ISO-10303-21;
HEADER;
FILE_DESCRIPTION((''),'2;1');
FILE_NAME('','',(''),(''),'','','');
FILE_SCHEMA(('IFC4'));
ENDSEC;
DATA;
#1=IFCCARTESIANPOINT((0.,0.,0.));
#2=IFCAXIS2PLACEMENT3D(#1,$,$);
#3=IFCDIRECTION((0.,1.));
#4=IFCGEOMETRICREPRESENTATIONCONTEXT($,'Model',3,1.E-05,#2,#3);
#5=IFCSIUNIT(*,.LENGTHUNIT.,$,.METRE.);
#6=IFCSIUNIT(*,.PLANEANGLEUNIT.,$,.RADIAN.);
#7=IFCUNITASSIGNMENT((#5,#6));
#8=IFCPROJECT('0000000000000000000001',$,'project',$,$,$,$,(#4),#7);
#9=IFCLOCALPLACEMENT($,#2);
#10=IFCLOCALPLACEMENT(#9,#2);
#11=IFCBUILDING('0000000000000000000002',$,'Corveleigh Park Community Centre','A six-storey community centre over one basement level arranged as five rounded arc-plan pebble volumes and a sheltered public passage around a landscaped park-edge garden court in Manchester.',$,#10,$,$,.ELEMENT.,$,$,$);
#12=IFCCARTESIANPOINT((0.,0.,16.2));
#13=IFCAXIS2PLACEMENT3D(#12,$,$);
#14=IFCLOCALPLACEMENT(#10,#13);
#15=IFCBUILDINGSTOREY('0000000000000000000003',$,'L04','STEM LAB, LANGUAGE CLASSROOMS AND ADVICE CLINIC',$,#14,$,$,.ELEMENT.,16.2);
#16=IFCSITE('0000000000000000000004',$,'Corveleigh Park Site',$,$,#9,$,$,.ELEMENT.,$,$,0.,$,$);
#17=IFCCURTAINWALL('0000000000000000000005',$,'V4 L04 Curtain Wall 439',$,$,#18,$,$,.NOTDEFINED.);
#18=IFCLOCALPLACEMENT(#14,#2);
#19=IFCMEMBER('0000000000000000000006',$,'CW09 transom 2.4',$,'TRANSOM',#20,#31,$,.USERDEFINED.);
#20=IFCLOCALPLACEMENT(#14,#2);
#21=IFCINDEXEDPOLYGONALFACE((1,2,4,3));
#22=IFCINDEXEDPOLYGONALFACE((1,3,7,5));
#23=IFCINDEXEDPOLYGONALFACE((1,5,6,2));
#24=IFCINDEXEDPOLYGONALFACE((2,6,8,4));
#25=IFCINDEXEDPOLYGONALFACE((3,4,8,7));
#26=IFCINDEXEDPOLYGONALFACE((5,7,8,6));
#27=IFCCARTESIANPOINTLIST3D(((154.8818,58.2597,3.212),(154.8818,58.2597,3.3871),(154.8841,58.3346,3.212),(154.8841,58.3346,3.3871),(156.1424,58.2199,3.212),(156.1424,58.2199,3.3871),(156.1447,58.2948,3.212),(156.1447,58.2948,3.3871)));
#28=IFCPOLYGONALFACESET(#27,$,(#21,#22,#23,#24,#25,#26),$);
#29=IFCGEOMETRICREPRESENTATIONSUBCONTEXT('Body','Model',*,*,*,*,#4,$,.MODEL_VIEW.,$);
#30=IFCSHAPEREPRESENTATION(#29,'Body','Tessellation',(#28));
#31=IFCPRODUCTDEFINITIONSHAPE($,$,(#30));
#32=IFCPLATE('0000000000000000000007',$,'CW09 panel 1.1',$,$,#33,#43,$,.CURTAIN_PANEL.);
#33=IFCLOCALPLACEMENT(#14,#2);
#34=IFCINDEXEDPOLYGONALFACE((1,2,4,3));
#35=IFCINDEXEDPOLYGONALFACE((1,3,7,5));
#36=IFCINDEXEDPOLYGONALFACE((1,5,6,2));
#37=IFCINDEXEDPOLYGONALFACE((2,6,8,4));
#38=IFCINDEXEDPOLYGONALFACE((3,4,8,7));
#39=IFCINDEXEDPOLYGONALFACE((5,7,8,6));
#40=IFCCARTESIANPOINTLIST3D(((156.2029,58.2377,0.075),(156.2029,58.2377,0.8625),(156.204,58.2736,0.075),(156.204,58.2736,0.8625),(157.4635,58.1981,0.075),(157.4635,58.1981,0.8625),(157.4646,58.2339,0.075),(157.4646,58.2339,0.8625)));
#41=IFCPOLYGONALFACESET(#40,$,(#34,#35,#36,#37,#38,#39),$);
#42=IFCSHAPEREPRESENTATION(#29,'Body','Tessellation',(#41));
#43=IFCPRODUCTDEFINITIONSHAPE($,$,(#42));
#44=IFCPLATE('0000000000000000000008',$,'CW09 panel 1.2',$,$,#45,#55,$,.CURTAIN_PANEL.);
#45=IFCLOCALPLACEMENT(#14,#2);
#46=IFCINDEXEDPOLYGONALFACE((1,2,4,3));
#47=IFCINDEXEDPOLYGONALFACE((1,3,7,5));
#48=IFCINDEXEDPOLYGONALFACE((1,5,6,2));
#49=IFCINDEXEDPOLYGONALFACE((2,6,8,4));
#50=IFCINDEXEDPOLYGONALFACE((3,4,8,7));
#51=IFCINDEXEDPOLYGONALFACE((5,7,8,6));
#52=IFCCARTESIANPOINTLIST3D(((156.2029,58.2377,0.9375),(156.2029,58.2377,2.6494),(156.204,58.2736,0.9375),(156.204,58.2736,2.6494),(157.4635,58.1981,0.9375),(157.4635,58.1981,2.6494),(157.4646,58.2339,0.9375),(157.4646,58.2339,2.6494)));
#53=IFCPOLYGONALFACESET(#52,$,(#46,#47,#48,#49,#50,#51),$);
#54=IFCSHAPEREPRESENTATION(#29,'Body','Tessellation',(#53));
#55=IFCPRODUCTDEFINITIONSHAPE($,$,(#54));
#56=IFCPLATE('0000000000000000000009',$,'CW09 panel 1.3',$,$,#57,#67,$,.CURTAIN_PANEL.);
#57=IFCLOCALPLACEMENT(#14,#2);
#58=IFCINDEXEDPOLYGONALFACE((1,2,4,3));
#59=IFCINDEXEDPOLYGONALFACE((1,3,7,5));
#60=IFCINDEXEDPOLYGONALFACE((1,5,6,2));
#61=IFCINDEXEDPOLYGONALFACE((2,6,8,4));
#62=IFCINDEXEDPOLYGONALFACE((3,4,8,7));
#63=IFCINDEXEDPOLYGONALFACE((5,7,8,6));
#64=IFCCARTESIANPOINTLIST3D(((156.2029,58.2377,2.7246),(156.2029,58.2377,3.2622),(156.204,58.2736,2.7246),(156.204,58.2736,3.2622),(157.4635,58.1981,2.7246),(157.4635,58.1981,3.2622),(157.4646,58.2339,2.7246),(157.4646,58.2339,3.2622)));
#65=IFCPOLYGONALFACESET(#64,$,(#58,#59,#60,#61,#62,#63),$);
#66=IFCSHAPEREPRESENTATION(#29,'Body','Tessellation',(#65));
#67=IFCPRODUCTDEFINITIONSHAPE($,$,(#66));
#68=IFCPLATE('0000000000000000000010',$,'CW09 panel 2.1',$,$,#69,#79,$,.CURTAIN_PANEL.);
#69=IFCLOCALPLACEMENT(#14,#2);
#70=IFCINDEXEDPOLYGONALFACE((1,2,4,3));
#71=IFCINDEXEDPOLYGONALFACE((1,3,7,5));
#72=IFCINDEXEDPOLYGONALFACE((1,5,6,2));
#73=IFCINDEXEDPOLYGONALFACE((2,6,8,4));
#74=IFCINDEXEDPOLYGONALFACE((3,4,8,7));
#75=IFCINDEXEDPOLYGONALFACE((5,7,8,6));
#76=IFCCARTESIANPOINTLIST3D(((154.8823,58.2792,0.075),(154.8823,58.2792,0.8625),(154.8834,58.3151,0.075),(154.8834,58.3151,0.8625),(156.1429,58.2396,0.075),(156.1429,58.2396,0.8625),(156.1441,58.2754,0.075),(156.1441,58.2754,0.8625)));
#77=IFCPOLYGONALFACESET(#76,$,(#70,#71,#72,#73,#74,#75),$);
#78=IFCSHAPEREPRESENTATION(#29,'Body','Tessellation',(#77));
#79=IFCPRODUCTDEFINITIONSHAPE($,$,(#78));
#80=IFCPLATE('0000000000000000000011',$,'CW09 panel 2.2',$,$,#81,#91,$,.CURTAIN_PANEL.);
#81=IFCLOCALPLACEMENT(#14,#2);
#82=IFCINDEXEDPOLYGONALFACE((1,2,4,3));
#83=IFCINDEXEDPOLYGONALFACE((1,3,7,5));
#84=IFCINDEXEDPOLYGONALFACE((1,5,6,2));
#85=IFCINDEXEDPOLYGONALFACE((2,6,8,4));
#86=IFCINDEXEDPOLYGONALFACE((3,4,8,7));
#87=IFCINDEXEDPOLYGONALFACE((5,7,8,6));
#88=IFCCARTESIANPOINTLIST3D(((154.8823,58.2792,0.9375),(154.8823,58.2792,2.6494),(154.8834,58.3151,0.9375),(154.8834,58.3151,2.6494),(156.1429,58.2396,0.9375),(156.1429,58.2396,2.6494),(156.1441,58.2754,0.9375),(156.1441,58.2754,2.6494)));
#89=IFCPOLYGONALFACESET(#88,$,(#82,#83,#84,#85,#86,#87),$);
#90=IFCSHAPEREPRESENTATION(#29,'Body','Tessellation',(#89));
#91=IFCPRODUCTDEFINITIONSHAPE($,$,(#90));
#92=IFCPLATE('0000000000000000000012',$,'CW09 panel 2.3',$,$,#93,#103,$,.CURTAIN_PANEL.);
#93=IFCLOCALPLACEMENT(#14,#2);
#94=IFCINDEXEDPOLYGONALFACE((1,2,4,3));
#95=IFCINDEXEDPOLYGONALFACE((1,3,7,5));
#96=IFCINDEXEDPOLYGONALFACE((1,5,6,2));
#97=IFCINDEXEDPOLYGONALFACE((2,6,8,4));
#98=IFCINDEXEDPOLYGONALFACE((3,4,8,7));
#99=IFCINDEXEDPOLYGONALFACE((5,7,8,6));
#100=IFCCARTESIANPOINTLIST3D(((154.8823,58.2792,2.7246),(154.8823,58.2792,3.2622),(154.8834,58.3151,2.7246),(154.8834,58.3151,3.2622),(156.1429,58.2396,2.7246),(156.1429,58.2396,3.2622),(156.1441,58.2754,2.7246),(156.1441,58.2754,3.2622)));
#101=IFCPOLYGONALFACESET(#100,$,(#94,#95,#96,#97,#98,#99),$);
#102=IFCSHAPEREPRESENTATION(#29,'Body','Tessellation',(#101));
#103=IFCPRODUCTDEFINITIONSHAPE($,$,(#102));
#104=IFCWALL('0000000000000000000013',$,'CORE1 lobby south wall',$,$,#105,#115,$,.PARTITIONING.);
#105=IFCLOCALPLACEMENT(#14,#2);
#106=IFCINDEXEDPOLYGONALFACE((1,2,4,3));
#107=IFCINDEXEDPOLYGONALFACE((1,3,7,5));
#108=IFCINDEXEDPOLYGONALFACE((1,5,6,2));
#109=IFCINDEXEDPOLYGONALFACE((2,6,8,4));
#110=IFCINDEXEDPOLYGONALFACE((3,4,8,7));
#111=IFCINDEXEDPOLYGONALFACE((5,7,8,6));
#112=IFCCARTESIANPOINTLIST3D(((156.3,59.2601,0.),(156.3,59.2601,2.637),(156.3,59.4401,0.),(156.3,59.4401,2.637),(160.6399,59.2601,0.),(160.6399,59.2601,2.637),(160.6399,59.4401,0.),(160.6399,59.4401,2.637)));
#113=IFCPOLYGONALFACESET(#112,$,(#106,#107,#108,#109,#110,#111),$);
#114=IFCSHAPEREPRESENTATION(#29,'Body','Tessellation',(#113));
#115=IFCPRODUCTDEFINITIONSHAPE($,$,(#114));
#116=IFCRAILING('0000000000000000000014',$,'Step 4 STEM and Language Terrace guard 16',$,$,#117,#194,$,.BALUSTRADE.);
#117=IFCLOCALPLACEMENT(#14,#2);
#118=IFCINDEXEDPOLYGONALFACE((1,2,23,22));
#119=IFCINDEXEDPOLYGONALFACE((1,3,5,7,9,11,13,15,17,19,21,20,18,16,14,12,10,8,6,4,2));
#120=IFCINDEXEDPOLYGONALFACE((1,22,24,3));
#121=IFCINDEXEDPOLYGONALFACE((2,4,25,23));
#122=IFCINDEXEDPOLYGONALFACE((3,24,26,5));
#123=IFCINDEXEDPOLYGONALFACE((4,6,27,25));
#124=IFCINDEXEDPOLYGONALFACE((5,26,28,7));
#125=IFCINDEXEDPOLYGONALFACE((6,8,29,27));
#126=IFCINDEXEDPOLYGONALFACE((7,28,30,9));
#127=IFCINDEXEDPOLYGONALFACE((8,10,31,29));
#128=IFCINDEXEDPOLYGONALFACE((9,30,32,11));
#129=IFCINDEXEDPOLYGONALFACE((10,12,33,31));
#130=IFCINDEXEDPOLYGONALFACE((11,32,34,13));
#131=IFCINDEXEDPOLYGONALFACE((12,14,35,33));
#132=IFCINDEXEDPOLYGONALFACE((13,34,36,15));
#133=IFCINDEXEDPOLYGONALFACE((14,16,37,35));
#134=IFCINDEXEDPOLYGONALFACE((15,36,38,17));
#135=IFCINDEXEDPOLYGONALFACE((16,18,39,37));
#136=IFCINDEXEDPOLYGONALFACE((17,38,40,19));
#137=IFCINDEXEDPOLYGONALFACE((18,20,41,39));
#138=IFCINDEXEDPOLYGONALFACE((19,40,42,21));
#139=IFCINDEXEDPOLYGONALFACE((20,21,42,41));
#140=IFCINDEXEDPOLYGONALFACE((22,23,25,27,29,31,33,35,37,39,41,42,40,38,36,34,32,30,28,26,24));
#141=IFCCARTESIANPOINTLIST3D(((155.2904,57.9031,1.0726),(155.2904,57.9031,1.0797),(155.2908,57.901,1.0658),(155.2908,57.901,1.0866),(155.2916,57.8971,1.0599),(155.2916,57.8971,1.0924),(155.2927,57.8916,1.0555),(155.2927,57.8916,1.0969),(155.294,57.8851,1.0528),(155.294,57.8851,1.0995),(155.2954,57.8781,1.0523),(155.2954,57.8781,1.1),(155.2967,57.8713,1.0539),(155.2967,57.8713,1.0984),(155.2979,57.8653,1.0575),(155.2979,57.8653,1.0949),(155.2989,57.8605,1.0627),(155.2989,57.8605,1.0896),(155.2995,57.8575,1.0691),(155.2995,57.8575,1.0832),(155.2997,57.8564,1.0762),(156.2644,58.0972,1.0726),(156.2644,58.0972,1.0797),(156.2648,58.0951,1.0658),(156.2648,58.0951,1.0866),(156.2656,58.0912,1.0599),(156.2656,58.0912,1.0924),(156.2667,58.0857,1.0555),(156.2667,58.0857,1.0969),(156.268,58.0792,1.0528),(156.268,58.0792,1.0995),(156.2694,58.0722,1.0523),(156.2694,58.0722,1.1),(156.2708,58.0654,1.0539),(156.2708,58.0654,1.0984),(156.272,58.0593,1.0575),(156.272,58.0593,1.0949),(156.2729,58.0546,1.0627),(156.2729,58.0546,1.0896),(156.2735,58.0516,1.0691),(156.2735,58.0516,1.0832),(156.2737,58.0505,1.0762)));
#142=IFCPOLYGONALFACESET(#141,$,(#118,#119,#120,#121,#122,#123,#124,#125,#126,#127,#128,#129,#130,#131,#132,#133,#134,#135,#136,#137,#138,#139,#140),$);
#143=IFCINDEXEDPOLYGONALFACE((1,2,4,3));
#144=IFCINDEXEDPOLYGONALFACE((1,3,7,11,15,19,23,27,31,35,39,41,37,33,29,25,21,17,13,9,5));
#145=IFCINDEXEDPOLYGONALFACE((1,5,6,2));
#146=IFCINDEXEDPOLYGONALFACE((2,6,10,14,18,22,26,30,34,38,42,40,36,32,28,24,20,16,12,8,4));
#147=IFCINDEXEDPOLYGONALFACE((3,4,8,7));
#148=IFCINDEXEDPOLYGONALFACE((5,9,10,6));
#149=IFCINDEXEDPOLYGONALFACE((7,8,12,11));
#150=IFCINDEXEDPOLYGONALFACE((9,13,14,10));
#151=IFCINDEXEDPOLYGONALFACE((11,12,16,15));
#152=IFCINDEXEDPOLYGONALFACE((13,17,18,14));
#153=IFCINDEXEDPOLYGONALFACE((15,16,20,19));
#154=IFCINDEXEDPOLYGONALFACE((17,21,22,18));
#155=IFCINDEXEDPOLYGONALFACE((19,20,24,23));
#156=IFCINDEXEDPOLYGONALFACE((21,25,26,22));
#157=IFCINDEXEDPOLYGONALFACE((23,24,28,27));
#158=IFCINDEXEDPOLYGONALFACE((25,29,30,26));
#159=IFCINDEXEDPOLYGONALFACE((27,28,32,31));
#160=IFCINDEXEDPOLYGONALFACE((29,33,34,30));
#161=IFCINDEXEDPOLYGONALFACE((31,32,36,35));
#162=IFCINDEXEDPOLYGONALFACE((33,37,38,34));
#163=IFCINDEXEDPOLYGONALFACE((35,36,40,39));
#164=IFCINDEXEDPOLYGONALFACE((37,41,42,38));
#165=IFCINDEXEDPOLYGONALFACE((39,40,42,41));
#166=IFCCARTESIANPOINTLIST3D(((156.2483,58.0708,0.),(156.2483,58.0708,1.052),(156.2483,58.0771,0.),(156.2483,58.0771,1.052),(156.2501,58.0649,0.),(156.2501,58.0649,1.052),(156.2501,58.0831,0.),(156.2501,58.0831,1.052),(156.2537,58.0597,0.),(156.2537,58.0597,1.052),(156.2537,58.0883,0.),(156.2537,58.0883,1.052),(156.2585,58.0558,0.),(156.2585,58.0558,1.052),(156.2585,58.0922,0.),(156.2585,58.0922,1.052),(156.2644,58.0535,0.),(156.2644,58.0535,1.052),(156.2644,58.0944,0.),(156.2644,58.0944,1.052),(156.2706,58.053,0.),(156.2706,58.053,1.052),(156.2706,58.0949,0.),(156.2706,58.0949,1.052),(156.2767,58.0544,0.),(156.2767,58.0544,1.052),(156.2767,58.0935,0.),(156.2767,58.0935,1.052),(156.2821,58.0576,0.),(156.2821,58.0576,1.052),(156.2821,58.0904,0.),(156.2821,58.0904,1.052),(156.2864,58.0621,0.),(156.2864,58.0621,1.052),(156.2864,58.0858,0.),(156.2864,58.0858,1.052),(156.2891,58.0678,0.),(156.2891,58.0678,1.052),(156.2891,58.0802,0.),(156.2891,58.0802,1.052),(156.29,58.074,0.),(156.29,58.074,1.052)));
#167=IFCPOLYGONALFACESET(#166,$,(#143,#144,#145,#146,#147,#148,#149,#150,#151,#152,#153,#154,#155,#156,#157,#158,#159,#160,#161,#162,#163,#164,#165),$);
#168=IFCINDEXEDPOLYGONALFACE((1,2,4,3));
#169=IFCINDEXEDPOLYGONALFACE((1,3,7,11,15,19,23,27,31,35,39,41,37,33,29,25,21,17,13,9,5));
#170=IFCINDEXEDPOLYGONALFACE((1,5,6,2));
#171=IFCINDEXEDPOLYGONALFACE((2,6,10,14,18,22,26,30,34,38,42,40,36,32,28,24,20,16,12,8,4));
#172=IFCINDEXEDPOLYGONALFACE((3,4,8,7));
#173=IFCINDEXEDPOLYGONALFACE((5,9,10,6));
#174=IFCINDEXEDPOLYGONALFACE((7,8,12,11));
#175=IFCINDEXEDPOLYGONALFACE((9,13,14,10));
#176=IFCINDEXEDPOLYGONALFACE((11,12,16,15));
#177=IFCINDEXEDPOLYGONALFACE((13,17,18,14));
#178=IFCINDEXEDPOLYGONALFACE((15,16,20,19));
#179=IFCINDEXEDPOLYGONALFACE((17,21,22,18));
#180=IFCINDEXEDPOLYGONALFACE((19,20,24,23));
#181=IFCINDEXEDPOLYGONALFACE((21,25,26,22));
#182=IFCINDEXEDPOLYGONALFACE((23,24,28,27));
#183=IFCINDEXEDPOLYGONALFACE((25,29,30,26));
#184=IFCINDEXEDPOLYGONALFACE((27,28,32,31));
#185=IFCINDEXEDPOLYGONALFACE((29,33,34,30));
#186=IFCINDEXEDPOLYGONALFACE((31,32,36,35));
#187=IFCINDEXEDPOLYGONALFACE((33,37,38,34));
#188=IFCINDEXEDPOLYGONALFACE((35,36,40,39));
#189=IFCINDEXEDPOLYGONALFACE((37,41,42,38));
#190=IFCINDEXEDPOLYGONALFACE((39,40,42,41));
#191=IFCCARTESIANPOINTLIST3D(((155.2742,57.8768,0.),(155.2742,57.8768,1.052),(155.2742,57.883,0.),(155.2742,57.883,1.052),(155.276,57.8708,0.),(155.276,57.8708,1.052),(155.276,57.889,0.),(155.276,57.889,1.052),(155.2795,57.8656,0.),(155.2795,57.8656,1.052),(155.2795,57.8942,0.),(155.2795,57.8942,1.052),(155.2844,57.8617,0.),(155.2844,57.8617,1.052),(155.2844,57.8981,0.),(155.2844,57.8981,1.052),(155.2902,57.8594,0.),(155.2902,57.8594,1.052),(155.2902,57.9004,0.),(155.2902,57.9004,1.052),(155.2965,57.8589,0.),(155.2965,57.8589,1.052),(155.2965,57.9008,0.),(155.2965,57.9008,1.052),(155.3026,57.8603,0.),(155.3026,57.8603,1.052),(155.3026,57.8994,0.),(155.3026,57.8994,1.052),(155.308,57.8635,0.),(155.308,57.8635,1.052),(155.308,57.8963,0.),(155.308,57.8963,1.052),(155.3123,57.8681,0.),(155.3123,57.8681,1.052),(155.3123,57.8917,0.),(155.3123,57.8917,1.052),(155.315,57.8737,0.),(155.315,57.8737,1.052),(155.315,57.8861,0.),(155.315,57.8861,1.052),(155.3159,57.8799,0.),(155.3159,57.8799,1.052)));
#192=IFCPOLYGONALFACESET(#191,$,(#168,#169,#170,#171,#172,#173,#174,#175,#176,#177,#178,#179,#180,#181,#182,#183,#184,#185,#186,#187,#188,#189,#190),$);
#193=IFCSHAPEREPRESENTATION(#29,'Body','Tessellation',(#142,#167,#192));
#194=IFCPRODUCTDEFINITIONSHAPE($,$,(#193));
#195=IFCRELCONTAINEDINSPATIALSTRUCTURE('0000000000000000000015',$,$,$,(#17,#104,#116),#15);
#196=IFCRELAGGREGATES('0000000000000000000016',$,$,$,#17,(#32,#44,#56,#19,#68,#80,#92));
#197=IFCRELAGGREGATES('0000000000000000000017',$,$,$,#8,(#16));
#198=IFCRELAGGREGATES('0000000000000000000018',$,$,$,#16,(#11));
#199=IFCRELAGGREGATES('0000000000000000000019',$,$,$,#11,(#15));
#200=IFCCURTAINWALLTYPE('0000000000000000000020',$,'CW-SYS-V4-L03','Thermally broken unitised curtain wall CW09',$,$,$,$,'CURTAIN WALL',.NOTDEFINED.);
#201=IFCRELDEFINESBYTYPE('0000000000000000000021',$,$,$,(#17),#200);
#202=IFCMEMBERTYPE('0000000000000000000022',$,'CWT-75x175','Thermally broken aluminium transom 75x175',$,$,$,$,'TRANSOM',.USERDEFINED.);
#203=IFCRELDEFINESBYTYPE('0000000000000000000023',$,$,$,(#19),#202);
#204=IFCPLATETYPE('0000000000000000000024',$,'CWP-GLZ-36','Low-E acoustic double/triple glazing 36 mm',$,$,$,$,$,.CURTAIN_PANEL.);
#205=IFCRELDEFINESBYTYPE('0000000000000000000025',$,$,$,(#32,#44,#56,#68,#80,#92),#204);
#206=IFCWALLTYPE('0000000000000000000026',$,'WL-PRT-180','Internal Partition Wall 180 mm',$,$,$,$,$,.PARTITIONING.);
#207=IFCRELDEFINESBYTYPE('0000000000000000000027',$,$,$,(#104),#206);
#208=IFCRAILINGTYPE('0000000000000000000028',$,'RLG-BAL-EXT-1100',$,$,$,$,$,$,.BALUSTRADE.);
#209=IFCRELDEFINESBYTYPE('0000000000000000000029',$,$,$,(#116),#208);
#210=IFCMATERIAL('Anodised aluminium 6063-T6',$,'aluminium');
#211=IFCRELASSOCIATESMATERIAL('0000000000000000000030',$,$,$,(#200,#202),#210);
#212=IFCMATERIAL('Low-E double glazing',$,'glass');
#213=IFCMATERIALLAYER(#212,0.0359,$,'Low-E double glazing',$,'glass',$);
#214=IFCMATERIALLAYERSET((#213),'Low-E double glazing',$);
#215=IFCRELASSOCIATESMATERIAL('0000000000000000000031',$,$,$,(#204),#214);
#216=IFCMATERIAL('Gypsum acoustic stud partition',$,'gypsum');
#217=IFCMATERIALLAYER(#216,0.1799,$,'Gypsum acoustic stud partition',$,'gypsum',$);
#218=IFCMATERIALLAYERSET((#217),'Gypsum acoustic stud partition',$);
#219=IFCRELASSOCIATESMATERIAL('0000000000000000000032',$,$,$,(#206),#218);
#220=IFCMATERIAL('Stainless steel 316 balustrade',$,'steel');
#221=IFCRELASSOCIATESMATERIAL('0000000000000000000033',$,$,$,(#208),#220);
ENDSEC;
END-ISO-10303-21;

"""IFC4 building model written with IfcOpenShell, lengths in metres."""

from ifc_helpers import new_model, si_unit, direction, frame, frame_2d, origin, origin_2d, place, context, subcontext, project, spatial, rectangle, circle, extrude, material, layer, layer_set, material_profile, profile_set, type_object, element, aggregate, save


model = new_model("IFC4")

# Units and contexts
model_context = context("Model", 3, precision=1e-05, world=origin(), true_north=direction((0.0, 1.0)))
body_context = subcontext(model_context, "Body", "Model", "MODEL_VIEW")
ifc_project = project(units=[si_unit("LENGTHUNIT", "METRE"), si_unit("PLANEANGLEUNIT", "RADIAN")], contexts=[model_context])

# Site, building, storey
site_placement = place(None, origin())
site = spatial("IfcSite", under=ifc_project, at=site_placement, Name="Corveleigh Park Site", CompositionType="ELEMENT", RefElevation=0.0)
building_placement = place(site_placement, origin())
building = spatial("IfcBuilding", under=site, at=building_placement, Name="Corveleigh Park Community Centre", Description="A six-storey community centre over one basement level arranged as five rounded arc-plan pebble volumes and a sheltered public passage around a landscaped park-edge garden court in Manchester.", CompositionType="ELEMENT")
storey_placement = place(building_placement, frame((0.0, 0.0, 16.2)))
storey = spatial("IfcBuildingStorey", under=building, at=storey_placement, Name="L04", Description="STEM LAB, LANGUAGE CLASSROOMS AND ADVICE CLINIC", CompositionType="ELEMENT", Elevation=16.2)

# Curtain wall, member, plates
ifc_material_1 = material(Name="Anodised aluminium 6063-T6", Category="aluminium")
curtain_wall_type = type_object("IfcCurtainWallType", Name="CW-SYS-V4-L03", Description="Thermally broken unitised curtain wall CW09", ElementType="CURTAIN WALL", PredefinedType="NOTDEFINED", material=ifc_material_1)
curtain_wall_placement = place(storey_placement, origin())
curtain_wall = element("IfcCurtainWall", 1, at=curtain_wall_placement, inside=storey, type_object=curtain_wall_type, Name="V4 L04 Curtain Wall 439", PredefinedType="NOTDEFINED")
ifc_material_profile_1 = material_profile(ifc_material_1, rectangle(XDim=0.075, YDim=0.175, at=origin_2d()), Name="ALU-T75x175", Category="aluminium")
ifc_profile_set_1 = profile_set([ifc_material_profile_1], Name="Anodised aluminium 6063-T6")
member_type_1 = type_object("IfcMemberType", Name="CWT-75x175", Description="Thermally broken aluminium transom 75x175", ElementType="TRANSOM", PredefinedType="USERDEFINED", material=ifc_profile_set_1)
member_1_placement = place(storey_placement, frame((156.1436, 58.2573, 3.2996), z_axis=(-0.999502, 0.031555, 0.0), x_axis=(-0.031555, -0.999502, 0.0)))
member_1 = element("IfcMember", 2, at=member_1_placement, type_object=member_type_1, Name="CW09 transom 2.4", ObjectType="TRANSOM", PredefinedType="USERDEFINED", context=body_context, shape_type="SweptSolid", body=[
    extrude(rectangle(XDim=0.075, YDim=0.175, at=origin_2d()), origin(), (0.0, 0.0, 1.0), 1.2612),
])
ifc_material_2 = material(Name="Low-E double glazing", Category="glass")
ifc_layer_1 = layer(ifc_material_2, 0.0359, Name="Low-E double glazing", Category="glass")
ifc_layer_set_1 = layer_set([ifc_layer_1], Name="Low-E double glazing")
plate_type = type_object("IfcPlateType", Name="CWP-GLZ-36", Description="Low-E acoustic double/triple glazing 36 mm", PredefinedType="CURTAIN_PANEL", material=ifc_layer_set_1)
plate_1_placement = place(storey_placement, frame((156.8337, 58.2358, 0.075), z_axis=(0.0, 0.0, 1.0), x_axis=(-0.999505, 0.031454, 0.0)))
plate_1 = element("IfcPlate", 3, at=plate_1_placement, type_object=plate_type, Name="CW09 panel 1.1", PredefinedType="CURTAIN_PANEL", context=body_context, shape_type="SweptSolid", body=[
    extrude(rectangle(XDim=1.2612, YDim=0.0359, at=origin_2d()), origin(), (0.0, 0.0, 1.0), 0.7876),
])
plate_2_placement = place(storey_placement, frame((156.8337, 58.2358, 0.9375), z_axis=(0.0, 0.0, 1.0), x_axis=(-0.999505, 0.031454, 0.0)))
plate_2 = element("IfcPlate", 4, at=plate_2_placement, type_object=plate_type, Name="CW09 panel 1.2", PredefinedType="CURTAIN_PANEL", context=body_context, shape_type="SweptSolid", body=[
    extrude(rectangle(XDim=1.2612, YDim=0.0359, at=origin_2d()), origin(), (0.0, 0.0, 1.0), 1.7119),
])
plate_3_placement = place(storey_placement, frame((156.8337, 58.2358, 2.7246), z_axis=(0.0, 0.0, 1.0), x_axis=(-0.999505, 0.031454, 0.0)))
plate_3 = element("IfcPlate", 5, at=plate_3_placement, type_object=plate_type, Name="CW09 panel 1.3", PredefinedType="CURTAIN_PANEL", context=body_context, shape_type="SweptSolid", body=[
    extrude(rectangle(XDim=1.2612, YDim=0.0359, at=origin_2d()), origin(), (0.0, 0.0, 1.0), 0.5376),
])
plate_4_placement = place(storey_placement, frame((155.5132, 58.2773, 0.075), z_axis=(0.0, 0.0, 1.0), x_axis=(-0.999505, 0.031454, 0.0)))
plate_4 = element("IfcPlate", 6, at=plate_4_placement, type_object=plate_type, Name="CW09 panel 2.1", PredefinedType="CURTAIN_PANEL", context=body_context, shape_type="SweptSolid", body=[
    extrude(rectangle(XDim=1.2612, YDim=0.0359, at=origin_2d()), origin(), (0.0, 0.0, 1.0), 0.7876),
])
plate_5_placement = place(storey_placement, frame((155.5132, 58.2773, 0.9375), z_axis=(0.0, 0.0, 1.0), x_axis=(-0.999505, 0.031454, 0.0)))
plate_5 = element("IfcPlate", 7, at=plate_5_placement, type_object=plate_type, Name="CW09 panel 2.2", PredefinedType="CURTAIN_PANEL", context=body_context, shape_type="SweptSolid", body=[
    extrude(rectangle(XDim=1.2612, YDim=0.0359, at=origin_2d()), origin(), (0.0, 0.0, 1.0), 1.7119),
])
plate_6_placement = place(storey_placement, frame((155.5132, 58.2773, 2.7246), z_axis=(0.0, 0.0, 1.0), x_axis=(-0.999505, 0.031454, 0.0)))
plate_6 = element("IfcPlate", 8, at=plate_6_placement, type_object=plate_type, Name="CW09 panel 2.3", PredefinedType="CURTAIN_PANEL", context=body_context, shape_type="SweptSolid", body=[
    extrude(rectangle(XDim=1.2612, YDim=0.0359, at=origin_2d()), origin(), (0.0, 0.0, 1.0), 0.5376),
])
aggregate(curtain_wall, [plate_1, plate_2, plate_3, member_1, plate_4, plate_5, plate_6])

# Wall
ifc_material_3 = material(Name="Gypsum acoustic stud partition", Category="gypsum")
ifc_layer_2 = layer(ifc_material_3, 0.1799, Name="Gypsum acoustic stud partition", Category="gypsum")
ifc_layer_set_2 = layer_set([ifc_layer_2], Name="Gypsum acoustic stud partition")
wall_type = type_object("IfcWallType", Name="WL-PRT-180", Description="Internal Partition Wall 180 mm", PredefinedType="PARTITIONING", material=ifc_layer_set_2)
wall_placement = place(storey_placement, frame((156.3, 59.3501, 0.0), z_axis=(0.0, 0.0, 1.0), x_axis=(1.0, 0.0, 0.0)))
element("IfcWall", 9, at=wall_placement, inside=storey, type_object=wall_type, Name="CORE1 lobby south wall", PredefinedType="PARTITIONING", context=body_context, shape_type="SweptSolid", body=[
    extrude(rectangle(XDim=4.3398, YDim=0.1799, at=frame_2d((2.1699, 0.0))), origin(), (0.0, 0.0, 1.0), 2.637),
])

# Railing
ifc_material_4 = material(Name="Stainless steel 316 balustrade", Category="steel")
railing_type = type_object("IfcRailingType", Name="RLG-BAL-EXT-1100", PredefinedType="BALUSTRADE", material=ifc_material_4)
railing_placement = place(storey_placement, frame((156.269, 58.074, 0.0)))
element("IfcRailing", 10, at=railing_placement, inside=storey, type_object=railing_type, Name="Step 4 STEM and Language Terrace guard 16", PredefinedType="BALUSTRADE", context=body_context, shape_type="SweptSolid", body=[
    extrude(circle(Radius=0.0239, at=origin_2d()), frame((0.0, 0.0, 1.0762), z_axis=(-0.980722, -0.195407, 0.0), x_axis=(0.195407, -0.980722, 0.0)), (0.0, 0.0, 1.0), 0.9932),
    extrude(circle(Radius=0.021, at=origin_2d()), origin(), (0.0, 0.0, 1.0), 1.052),
    extrude(circle(Radius=0.021, at=origin_2d()), frame((-0.9741, -0.1941, 0.0)), (0.0, 0.0, 1.0), 1.052),
])

save(model, "model.ifc")
